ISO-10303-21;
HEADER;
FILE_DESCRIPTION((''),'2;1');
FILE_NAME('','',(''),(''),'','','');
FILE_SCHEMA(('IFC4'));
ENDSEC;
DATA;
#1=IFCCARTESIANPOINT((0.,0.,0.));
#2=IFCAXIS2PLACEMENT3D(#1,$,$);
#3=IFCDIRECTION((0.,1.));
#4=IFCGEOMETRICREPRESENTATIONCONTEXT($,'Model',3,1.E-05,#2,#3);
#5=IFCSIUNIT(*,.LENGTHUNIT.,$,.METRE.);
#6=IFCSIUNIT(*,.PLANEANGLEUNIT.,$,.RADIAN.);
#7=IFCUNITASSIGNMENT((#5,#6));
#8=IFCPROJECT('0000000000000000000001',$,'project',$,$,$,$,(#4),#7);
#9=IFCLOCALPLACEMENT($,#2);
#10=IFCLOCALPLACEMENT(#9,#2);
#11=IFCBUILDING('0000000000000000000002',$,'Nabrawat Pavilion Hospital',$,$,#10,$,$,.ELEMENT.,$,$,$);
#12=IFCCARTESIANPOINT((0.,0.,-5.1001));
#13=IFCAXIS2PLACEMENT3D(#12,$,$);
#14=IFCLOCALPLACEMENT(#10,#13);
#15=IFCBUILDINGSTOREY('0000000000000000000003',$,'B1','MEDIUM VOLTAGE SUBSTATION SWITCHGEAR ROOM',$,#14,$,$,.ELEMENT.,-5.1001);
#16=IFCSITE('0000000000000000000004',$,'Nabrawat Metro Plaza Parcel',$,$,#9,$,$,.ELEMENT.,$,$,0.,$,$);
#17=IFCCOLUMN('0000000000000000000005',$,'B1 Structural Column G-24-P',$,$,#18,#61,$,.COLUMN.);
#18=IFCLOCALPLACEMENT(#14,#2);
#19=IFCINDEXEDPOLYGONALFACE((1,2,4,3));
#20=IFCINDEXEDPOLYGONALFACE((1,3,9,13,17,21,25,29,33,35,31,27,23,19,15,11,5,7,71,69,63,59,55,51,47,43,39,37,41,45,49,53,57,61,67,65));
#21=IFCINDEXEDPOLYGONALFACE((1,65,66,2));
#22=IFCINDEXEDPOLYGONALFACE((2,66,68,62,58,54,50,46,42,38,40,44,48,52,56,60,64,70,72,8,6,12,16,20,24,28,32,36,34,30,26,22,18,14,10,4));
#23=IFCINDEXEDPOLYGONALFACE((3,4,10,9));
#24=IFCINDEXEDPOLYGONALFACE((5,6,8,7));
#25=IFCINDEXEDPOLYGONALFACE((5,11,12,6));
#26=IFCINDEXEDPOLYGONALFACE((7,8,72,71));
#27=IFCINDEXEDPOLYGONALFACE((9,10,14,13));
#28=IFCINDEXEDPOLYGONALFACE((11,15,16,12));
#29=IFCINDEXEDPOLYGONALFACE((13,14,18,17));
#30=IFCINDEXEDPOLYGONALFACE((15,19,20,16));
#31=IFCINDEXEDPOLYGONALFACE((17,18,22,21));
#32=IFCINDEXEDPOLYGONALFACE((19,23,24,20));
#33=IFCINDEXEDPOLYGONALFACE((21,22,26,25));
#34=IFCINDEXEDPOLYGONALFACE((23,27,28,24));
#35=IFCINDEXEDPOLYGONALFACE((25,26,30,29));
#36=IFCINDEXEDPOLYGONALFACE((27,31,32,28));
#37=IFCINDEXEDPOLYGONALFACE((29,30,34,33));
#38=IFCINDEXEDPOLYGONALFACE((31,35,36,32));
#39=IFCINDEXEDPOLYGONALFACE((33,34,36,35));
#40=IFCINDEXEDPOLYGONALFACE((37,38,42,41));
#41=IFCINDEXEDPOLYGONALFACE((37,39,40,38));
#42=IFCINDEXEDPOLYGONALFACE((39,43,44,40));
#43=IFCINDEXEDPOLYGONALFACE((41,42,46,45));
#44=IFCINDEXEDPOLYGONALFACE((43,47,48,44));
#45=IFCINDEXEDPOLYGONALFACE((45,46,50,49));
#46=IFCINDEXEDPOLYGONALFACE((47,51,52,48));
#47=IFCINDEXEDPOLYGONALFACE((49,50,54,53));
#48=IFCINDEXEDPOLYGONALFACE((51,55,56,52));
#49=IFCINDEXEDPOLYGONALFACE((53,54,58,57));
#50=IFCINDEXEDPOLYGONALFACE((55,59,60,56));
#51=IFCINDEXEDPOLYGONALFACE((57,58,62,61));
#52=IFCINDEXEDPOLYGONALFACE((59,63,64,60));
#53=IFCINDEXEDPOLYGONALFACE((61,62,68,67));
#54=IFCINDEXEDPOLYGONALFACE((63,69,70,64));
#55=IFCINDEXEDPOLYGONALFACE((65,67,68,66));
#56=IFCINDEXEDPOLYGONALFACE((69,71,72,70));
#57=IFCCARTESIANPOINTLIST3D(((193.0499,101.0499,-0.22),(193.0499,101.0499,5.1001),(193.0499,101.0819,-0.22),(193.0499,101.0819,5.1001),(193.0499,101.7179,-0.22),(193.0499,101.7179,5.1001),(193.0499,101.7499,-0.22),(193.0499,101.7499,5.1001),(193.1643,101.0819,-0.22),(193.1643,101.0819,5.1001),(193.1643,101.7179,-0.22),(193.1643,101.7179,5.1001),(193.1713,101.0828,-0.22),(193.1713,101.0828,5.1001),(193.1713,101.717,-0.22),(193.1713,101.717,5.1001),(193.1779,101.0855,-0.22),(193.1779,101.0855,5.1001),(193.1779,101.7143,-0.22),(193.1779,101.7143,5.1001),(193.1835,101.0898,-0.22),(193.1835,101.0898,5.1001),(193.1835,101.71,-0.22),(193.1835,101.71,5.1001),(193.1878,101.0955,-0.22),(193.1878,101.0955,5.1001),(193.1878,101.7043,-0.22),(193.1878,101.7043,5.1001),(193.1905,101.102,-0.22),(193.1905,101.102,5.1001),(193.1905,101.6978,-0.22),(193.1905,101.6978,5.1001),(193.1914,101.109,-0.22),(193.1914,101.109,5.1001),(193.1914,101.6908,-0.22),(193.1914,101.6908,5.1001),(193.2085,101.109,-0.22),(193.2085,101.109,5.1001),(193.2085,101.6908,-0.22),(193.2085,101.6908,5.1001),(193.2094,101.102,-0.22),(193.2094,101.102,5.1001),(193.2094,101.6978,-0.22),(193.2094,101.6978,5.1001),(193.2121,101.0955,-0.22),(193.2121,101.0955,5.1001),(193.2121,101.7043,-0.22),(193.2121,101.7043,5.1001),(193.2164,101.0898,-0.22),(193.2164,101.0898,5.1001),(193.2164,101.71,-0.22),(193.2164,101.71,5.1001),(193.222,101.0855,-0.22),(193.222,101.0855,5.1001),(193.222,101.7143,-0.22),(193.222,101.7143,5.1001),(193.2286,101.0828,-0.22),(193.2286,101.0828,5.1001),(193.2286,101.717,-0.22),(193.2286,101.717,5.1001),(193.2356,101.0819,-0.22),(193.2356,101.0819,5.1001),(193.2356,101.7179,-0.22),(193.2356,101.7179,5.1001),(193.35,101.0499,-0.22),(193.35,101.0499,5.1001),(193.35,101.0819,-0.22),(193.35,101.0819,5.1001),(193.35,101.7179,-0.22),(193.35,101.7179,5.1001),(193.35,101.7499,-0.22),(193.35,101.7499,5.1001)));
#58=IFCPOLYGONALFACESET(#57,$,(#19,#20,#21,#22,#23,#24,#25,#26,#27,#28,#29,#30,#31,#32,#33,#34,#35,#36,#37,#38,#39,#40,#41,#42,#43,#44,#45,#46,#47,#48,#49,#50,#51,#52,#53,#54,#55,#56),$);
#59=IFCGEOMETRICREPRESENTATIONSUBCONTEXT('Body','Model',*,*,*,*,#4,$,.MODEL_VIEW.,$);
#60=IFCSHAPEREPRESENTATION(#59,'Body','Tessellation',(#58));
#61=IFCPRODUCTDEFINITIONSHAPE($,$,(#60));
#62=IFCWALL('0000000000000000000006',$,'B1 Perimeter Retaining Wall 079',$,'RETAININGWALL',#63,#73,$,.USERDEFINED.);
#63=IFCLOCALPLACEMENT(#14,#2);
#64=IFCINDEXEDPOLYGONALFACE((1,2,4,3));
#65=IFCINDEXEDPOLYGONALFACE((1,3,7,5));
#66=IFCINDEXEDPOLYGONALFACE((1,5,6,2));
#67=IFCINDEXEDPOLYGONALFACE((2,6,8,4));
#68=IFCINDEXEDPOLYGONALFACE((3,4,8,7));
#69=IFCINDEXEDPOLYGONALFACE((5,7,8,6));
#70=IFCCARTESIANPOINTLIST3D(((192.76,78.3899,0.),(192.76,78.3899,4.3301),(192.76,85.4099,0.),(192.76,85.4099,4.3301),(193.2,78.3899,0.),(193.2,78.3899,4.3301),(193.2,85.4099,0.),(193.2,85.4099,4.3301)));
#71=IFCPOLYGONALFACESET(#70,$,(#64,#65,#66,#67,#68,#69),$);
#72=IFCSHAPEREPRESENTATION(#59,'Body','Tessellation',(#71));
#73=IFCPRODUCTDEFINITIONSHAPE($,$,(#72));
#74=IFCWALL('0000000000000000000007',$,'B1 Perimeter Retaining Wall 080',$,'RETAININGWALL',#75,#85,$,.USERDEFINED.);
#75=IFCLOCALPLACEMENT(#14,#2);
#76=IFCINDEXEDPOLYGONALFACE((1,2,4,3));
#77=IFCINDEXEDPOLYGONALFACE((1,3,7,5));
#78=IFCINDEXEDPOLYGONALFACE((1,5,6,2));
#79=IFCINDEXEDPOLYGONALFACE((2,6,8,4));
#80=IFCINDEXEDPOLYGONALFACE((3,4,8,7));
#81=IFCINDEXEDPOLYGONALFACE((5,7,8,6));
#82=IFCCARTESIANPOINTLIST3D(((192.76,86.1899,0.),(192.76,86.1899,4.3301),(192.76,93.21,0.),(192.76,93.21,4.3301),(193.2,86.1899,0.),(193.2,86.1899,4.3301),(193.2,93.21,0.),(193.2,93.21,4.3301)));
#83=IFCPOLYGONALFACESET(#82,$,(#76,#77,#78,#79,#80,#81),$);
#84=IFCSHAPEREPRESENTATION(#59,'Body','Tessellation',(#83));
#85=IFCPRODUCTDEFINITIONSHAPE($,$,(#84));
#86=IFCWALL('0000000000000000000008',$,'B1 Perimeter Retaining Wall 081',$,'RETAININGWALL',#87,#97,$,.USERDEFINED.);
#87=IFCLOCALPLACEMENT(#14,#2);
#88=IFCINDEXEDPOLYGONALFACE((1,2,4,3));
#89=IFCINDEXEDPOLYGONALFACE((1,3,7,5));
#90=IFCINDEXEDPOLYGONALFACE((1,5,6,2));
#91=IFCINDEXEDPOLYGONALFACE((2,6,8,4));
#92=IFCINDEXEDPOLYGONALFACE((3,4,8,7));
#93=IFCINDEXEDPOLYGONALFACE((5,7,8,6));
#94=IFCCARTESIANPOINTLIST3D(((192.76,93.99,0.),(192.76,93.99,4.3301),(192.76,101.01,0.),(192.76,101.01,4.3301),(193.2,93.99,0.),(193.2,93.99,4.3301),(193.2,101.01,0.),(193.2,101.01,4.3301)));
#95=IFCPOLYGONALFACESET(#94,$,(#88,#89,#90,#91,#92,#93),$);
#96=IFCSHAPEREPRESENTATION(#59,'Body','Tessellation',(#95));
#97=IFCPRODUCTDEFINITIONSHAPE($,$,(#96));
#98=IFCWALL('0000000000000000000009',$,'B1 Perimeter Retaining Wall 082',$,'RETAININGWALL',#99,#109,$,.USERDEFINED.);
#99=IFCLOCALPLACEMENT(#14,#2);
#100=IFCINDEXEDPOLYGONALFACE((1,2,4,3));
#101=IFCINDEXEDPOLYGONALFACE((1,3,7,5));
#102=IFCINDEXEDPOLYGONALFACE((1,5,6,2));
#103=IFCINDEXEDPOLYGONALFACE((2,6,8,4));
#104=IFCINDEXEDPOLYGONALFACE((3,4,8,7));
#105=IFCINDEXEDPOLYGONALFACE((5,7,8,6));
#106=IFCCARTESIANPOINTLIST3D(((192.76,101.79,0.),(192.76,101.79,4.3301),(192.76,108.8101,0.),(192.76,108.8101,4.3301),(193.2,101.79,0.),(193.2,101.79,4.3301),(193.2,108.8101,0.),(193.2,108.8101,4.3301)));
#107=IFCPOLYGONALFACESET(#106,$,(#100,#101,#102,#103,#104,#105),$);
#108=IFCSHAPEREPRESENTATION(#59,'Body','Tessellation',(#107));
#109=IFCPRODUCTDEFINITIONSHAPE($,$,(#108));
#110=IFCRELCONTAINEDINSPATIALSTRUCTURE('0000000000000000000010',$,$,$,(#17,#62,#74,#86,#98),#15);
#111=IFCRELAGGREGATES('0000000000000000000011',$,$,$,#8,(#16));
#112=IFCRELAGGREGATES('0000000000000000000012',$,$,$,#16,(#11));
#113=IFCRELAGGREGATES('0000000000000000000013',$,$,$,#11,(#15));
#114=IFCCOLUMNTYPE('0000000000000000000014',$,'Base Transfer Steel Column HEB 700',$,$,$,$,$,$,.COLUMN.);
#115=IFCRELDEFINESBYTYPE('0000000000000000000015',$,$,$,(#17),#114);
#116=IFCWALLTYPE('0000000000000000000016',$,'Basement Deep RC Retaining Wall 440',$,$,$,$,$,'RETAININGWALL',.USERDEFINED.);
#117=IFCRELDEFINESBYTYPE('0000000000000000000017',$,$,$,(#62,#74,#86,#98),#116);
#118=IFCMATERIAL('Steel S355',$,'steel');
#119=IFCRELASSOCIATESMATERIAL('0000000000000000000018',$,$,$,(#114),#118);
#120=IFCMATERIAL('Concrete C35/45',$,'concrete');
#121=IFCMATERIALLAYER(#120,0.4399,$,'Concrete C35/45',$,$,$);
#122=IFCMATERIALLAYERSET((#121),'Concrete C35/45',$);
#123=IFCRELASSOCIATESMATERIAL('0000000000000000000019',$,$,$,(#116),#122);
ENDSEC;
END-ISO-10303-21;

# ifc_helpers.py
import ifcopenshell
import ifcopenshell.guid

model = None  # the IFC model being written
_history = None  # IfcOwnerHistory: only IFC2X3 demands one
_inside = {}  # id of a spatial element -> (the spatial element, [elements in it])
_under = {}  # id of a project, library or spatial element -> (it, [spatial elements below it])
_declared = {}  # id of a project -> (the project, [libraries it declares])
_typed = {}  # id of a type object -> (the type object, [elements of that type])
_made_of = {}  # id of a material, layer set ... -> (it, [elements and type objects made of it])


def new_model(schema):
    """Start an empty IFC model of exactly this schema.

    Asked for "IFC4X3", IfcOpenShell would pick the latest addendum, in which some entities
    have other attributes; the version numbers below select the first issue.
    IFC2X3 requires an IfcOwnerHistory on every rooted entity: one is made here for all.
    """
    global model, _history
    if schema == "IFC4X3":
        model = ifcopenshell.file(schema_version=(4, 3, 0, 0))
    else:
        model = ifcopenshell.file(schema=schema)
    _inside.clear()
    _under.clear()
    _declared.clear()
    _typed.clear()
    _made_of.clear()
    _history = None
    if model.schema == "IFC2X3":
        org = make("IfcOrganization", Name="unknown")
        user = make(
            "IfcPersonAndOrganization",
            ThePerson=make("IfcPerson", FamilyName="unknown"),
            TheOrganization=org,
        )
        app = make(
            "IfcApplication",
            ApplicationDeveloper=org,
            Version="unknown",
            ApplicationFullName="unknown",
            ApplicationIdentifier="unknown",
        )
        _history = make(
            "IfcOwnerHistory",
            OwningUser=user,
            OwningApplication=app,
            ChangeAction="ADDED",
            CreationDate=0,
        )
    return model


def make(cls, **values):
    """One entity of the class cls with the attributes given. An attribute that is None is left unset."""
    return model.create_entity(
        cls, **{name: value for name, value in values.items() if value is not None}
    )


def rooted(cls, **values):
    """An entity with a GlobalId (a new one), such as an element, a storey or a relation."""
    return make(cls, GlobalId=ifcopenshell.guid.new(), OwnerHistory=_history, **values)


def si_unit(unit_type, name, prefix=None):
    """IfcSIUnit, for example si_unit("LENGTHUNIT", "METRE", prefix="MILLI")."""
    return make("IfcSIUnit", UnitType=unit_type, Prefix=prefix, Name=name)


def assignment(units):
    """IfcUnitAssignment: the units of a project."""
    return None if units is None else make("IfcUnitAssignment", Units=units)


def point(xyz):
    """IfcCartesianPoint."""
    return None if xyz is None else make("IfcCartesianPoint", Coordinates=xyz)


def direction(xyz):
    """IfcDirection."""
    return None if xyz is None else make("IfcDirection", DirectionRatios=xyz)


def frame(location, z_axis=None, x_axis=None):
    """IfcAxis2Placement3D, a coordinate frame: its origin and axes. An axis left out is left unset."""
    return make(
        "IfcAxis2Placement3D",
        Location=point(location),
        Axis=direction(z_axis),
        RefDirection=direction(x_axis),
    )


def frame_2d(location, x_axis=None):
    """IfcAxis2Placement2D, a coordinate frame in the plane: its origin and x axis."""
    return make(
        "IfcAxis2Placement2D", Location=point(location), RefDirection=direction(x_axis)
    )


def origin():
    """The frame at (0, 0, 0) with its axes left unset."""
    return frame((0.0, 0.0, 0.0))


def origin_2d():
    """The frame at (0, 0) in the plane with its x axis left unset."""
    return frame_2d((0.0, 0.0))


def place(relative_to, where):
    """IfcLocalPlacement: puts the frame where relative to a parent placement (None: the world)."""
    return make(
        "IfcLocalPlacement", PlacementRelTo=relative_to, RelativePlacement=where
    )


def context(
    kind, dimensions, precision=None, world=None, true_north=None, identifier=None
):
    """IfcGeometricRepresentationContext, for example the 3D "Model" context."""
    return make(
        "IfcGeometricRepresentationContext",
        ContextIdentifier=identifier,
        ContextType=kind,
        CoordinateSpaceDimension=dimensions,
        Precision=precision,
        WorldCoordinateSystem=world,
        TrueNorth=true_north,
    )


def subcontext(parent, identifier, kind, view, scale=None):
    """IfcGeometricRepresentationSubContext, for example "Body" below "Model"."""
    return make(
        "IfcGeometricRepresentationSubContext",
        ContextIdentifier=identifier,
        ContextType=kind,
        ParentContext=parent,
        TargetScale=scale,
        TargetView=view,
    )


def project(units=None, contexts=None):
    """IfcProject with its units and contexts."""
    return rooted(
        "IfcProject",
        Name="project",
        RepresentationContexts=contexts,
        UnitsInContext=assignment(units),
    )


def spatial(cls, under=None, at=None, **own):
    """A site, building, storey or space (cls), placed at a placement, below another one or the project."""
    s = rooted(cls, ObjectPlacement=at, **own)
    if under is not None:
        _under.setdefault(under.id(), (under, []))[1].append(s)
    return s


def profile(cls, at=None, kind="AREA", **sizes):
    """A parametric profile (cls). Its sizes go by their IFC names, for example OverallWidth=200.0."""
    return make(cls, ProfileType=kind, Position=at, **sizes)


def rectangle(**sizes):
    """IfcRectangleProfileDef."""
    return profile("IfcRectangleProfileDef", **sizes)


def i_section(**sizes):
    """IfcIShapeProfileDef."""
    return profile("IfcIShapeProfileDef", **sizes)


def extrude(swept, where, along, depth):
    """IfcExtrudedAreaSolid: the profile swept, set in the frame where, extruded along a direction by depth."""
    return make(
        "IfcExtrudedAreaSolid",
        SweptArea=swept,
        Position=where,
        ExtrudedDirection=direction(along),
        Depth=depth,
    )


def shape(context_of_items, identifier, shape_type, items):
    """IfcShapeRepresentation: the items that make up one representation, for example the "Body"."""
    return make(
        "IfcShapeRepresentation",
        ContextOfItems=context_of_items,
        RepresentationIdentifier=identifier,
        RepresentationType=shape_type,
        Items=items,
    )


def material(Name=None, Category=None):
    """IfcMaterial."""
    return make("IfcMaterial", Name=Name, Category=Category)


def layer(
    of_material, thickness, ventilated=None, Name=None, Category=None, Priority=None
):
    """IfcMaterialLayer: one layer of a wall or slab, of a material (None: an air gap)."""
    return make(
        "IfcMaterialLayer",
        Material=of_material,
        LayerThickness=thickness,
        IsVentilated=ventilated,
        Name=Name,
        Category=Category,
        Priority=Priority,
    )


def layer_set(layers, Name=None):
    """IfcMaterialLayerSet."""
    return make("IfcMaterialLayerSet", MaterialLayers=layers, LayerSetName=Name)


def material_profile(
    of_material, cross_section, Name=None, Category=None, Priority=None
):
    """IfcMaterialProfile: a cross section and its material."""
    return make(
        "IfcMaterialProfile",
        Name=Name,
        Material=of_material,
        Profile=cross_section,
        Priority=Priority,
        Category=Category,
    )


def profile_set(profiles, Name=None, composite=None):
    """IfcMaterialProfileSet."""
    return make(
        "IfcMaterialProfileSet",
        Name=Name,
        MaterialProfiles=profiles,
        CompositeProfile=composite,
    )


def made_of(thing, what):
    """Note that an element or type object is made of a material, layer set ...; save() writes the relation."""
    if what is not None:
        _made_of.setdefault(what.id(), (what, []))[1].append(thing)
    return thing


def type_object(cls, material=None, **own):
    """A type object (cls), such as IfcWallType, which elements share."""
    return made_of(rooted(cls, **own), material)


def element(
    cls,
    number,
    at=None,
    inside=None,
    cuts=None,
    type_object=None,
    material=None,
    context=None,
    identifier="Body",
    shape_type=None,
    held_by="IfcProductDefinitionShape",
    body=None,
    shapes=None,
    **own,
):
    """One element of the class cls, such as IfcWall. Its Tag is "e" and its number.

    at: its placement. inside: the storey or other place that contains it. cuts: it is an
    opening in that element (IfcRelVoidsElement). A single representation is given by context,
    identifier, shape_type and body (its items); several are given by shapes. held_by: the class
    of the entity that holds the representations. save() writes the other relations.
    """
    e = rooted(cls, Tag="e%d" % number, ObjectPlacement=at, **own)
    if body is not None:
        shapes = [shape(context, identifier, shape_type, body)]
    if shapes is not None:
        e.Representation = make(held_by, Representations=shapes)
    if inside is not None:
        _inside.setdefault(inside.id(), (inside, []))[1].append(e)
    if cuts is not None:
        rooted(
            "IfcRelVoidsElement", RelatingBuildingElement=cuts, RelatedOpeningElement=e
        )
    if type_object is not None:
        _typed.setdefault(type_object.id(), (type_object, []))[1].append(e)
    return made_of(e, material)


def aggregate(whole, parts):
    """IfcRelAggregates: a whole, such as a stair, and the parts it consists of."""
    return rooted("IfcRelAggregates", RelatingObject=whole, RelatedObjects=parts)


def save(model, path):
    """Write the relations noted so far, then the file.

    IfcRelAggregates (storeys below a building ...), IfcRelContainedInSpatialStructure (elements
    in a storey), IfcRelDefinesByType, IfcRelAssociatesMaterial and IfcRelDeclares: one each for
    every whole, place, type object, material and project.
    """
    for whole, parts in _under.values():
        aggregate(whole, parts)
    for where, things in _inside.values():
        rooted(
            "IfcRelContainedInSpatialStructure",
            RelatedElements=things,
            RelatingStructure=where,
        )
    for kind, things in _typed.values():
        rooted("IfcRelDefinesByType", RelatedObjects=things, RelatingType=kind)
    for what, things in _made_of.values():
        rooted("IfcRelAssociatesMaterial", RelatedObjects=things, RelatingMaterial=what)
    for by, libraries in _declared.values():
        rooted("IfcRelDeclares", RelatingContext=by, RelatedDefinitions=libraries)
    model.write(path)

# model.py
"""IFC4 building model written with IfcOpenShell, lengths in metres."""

from ifc_helpers import new_model, si_unit, direction, frame, frame_2d, origin, origin_2d, place, context, subcontext, project, spatial, rectangle, i_section, extrude, material, layer, layer_set, material_profile, profile_set, type_object, element, save


model = new_model("IFC4")

# Units and contexts
model_context = context("Model", 3, precision=1e-05, world=origin(), true_north=direction((0.0, 1.0)))
body_context = subcontext(model_context, "Body", "Model", "MODEL_VIEW")
ifc_project = project(units=[si_unit("LENGTHUNIT", "METRE"), si_unit("PLANEANGLEUNIT", "RADIAN")], contexts=[model_context])

# Site, building, storey
site_placement = place(None, origin())
site = spatial("IfcSite", under=ifc_project, at=site_placement, Name="Nabrawat Metro Plaza Parcel", CompositionType="ELEMENT", RefElevation=0.0)
building_placement = place(site_placement, origin())
building = spatial("IfcBuilding", under=site, at=building_placement, Name="Nabrawat Pavilion Hospital", CompositionType="ELEMENT")
storey_placement = place(building_placement, frame((0.0, 0.0, -5.1001)))
storey = spatial("IfcBuildingStorey", under=building, at=storey_placement, Name="B1", Description="MEDIUM VOLTAGE SUBSTATION SWITCHGEAR ROOM", CompositionType="ELEMENT", Elevation=-5.1001)

# Shared definitions
ifc_material_1 = material(Name="Concrete C35/45", Category="concrete")

# Column
ifc_material_2 = material(Name="Steel S355", Category="steel")
ifc_material_profile_1 = material_profile(ifc_material_2, i_section(OverallWidth=0.3, OverallDepth=0.7, WebThickness=0.0171, FlangeThickness=0.032, FilletRadius=0.0271, at=origin_2d()), Name="HEB 700")
ifc_profile_set_1 = profile_set([ifc_material_profile_1], Name="Steel S355")
column_type = type_object("IfcColumnType", Name="Base Transfer Steel Column HEB 700", PredefinedType="COLUMN", material=ifc_profile_set_1)
for number, where, z_axis, x_axis, name in (
    (1, (193.2, 101.3999, -0.22), (0.0, 0.0, 1.0), (1.0, 0.0, 0.0), "B1 Structural Column G-24-P"),
):
    element("IfcColumn", number, at=place(storey_placement, frame(where, z_axis=z_axis, x_axis=x_axis)), inside=storey, type_object=column_type, Name=name, PredefinedType="COLUMN", context=body_context, shape_type="SweptSolid", body=[
        extrude(i_section(OverallWidth=0.3, OverallDepth=0.7, WebThickness=0.0171, FlangeThickness=0.032, FilletRadius=0.0271, at=origin_2d()), origin(), (0.0, 0.0, 1.0), 5.3201),
    ])

# Walls
ifc_layer = layer(ifc_material_1, 0.4399, Name="Concrete C35/45")
ifc_layer_set = layer_set([ifc_layer], Name="Concrete C35/45")
wall_type = type_object("IfcWallType", Name="Basement Deep RC Retaining Wall 440", ElementType="RETAININGWALL", PredefinedType="USERDEFINED", material=ifc_layer_set)
for number, where, z_axis, x_axis, name in (
    (2, (192.98, 78.3899, 0.0), (0.0, 0.0, 1.0), (0.0, 1.0, 0.0), "B1 Perimeter Retaining Wall 079"),
    (3, (192.98, 86.1899, 0.0), (0.0, 0.0, 1.0), (0.0, 1.0, 0.0), "B1 Perimeter Retaining Wall 080"),
    (4, (192.98, 93.99, 0.0), (0.0, 0.0, 1.0), (0.0, 1.0, 0.0), "B1 Perimeter Retaining Wall 081"),
    (5, (192.98, 101.79, 0.0), (0.0, 0.0, 1.0), (0.0, 1.0, 0.0), "B1 Perimeter Retaining Wall 082"),
):
    element("IfcWall", number, at=place(storey_placement, frame(where, z_axis=z_axis, x_axis=x_axis)), inside=storey, type_object=wall_type, Name=name, ObjectType="RETAININGWALL", PredefinedType="USERDEFINED", context=body_context, shape_type="SweptSolid", body=[
        extrude(rectangle(XDim=7.02, YDim=0.4399, at=frame_2d((3.51, 0.0))), origin(), (0.0, 0.0, 1.0), 4.3301),
    ])

save(model, "model.ifc")
